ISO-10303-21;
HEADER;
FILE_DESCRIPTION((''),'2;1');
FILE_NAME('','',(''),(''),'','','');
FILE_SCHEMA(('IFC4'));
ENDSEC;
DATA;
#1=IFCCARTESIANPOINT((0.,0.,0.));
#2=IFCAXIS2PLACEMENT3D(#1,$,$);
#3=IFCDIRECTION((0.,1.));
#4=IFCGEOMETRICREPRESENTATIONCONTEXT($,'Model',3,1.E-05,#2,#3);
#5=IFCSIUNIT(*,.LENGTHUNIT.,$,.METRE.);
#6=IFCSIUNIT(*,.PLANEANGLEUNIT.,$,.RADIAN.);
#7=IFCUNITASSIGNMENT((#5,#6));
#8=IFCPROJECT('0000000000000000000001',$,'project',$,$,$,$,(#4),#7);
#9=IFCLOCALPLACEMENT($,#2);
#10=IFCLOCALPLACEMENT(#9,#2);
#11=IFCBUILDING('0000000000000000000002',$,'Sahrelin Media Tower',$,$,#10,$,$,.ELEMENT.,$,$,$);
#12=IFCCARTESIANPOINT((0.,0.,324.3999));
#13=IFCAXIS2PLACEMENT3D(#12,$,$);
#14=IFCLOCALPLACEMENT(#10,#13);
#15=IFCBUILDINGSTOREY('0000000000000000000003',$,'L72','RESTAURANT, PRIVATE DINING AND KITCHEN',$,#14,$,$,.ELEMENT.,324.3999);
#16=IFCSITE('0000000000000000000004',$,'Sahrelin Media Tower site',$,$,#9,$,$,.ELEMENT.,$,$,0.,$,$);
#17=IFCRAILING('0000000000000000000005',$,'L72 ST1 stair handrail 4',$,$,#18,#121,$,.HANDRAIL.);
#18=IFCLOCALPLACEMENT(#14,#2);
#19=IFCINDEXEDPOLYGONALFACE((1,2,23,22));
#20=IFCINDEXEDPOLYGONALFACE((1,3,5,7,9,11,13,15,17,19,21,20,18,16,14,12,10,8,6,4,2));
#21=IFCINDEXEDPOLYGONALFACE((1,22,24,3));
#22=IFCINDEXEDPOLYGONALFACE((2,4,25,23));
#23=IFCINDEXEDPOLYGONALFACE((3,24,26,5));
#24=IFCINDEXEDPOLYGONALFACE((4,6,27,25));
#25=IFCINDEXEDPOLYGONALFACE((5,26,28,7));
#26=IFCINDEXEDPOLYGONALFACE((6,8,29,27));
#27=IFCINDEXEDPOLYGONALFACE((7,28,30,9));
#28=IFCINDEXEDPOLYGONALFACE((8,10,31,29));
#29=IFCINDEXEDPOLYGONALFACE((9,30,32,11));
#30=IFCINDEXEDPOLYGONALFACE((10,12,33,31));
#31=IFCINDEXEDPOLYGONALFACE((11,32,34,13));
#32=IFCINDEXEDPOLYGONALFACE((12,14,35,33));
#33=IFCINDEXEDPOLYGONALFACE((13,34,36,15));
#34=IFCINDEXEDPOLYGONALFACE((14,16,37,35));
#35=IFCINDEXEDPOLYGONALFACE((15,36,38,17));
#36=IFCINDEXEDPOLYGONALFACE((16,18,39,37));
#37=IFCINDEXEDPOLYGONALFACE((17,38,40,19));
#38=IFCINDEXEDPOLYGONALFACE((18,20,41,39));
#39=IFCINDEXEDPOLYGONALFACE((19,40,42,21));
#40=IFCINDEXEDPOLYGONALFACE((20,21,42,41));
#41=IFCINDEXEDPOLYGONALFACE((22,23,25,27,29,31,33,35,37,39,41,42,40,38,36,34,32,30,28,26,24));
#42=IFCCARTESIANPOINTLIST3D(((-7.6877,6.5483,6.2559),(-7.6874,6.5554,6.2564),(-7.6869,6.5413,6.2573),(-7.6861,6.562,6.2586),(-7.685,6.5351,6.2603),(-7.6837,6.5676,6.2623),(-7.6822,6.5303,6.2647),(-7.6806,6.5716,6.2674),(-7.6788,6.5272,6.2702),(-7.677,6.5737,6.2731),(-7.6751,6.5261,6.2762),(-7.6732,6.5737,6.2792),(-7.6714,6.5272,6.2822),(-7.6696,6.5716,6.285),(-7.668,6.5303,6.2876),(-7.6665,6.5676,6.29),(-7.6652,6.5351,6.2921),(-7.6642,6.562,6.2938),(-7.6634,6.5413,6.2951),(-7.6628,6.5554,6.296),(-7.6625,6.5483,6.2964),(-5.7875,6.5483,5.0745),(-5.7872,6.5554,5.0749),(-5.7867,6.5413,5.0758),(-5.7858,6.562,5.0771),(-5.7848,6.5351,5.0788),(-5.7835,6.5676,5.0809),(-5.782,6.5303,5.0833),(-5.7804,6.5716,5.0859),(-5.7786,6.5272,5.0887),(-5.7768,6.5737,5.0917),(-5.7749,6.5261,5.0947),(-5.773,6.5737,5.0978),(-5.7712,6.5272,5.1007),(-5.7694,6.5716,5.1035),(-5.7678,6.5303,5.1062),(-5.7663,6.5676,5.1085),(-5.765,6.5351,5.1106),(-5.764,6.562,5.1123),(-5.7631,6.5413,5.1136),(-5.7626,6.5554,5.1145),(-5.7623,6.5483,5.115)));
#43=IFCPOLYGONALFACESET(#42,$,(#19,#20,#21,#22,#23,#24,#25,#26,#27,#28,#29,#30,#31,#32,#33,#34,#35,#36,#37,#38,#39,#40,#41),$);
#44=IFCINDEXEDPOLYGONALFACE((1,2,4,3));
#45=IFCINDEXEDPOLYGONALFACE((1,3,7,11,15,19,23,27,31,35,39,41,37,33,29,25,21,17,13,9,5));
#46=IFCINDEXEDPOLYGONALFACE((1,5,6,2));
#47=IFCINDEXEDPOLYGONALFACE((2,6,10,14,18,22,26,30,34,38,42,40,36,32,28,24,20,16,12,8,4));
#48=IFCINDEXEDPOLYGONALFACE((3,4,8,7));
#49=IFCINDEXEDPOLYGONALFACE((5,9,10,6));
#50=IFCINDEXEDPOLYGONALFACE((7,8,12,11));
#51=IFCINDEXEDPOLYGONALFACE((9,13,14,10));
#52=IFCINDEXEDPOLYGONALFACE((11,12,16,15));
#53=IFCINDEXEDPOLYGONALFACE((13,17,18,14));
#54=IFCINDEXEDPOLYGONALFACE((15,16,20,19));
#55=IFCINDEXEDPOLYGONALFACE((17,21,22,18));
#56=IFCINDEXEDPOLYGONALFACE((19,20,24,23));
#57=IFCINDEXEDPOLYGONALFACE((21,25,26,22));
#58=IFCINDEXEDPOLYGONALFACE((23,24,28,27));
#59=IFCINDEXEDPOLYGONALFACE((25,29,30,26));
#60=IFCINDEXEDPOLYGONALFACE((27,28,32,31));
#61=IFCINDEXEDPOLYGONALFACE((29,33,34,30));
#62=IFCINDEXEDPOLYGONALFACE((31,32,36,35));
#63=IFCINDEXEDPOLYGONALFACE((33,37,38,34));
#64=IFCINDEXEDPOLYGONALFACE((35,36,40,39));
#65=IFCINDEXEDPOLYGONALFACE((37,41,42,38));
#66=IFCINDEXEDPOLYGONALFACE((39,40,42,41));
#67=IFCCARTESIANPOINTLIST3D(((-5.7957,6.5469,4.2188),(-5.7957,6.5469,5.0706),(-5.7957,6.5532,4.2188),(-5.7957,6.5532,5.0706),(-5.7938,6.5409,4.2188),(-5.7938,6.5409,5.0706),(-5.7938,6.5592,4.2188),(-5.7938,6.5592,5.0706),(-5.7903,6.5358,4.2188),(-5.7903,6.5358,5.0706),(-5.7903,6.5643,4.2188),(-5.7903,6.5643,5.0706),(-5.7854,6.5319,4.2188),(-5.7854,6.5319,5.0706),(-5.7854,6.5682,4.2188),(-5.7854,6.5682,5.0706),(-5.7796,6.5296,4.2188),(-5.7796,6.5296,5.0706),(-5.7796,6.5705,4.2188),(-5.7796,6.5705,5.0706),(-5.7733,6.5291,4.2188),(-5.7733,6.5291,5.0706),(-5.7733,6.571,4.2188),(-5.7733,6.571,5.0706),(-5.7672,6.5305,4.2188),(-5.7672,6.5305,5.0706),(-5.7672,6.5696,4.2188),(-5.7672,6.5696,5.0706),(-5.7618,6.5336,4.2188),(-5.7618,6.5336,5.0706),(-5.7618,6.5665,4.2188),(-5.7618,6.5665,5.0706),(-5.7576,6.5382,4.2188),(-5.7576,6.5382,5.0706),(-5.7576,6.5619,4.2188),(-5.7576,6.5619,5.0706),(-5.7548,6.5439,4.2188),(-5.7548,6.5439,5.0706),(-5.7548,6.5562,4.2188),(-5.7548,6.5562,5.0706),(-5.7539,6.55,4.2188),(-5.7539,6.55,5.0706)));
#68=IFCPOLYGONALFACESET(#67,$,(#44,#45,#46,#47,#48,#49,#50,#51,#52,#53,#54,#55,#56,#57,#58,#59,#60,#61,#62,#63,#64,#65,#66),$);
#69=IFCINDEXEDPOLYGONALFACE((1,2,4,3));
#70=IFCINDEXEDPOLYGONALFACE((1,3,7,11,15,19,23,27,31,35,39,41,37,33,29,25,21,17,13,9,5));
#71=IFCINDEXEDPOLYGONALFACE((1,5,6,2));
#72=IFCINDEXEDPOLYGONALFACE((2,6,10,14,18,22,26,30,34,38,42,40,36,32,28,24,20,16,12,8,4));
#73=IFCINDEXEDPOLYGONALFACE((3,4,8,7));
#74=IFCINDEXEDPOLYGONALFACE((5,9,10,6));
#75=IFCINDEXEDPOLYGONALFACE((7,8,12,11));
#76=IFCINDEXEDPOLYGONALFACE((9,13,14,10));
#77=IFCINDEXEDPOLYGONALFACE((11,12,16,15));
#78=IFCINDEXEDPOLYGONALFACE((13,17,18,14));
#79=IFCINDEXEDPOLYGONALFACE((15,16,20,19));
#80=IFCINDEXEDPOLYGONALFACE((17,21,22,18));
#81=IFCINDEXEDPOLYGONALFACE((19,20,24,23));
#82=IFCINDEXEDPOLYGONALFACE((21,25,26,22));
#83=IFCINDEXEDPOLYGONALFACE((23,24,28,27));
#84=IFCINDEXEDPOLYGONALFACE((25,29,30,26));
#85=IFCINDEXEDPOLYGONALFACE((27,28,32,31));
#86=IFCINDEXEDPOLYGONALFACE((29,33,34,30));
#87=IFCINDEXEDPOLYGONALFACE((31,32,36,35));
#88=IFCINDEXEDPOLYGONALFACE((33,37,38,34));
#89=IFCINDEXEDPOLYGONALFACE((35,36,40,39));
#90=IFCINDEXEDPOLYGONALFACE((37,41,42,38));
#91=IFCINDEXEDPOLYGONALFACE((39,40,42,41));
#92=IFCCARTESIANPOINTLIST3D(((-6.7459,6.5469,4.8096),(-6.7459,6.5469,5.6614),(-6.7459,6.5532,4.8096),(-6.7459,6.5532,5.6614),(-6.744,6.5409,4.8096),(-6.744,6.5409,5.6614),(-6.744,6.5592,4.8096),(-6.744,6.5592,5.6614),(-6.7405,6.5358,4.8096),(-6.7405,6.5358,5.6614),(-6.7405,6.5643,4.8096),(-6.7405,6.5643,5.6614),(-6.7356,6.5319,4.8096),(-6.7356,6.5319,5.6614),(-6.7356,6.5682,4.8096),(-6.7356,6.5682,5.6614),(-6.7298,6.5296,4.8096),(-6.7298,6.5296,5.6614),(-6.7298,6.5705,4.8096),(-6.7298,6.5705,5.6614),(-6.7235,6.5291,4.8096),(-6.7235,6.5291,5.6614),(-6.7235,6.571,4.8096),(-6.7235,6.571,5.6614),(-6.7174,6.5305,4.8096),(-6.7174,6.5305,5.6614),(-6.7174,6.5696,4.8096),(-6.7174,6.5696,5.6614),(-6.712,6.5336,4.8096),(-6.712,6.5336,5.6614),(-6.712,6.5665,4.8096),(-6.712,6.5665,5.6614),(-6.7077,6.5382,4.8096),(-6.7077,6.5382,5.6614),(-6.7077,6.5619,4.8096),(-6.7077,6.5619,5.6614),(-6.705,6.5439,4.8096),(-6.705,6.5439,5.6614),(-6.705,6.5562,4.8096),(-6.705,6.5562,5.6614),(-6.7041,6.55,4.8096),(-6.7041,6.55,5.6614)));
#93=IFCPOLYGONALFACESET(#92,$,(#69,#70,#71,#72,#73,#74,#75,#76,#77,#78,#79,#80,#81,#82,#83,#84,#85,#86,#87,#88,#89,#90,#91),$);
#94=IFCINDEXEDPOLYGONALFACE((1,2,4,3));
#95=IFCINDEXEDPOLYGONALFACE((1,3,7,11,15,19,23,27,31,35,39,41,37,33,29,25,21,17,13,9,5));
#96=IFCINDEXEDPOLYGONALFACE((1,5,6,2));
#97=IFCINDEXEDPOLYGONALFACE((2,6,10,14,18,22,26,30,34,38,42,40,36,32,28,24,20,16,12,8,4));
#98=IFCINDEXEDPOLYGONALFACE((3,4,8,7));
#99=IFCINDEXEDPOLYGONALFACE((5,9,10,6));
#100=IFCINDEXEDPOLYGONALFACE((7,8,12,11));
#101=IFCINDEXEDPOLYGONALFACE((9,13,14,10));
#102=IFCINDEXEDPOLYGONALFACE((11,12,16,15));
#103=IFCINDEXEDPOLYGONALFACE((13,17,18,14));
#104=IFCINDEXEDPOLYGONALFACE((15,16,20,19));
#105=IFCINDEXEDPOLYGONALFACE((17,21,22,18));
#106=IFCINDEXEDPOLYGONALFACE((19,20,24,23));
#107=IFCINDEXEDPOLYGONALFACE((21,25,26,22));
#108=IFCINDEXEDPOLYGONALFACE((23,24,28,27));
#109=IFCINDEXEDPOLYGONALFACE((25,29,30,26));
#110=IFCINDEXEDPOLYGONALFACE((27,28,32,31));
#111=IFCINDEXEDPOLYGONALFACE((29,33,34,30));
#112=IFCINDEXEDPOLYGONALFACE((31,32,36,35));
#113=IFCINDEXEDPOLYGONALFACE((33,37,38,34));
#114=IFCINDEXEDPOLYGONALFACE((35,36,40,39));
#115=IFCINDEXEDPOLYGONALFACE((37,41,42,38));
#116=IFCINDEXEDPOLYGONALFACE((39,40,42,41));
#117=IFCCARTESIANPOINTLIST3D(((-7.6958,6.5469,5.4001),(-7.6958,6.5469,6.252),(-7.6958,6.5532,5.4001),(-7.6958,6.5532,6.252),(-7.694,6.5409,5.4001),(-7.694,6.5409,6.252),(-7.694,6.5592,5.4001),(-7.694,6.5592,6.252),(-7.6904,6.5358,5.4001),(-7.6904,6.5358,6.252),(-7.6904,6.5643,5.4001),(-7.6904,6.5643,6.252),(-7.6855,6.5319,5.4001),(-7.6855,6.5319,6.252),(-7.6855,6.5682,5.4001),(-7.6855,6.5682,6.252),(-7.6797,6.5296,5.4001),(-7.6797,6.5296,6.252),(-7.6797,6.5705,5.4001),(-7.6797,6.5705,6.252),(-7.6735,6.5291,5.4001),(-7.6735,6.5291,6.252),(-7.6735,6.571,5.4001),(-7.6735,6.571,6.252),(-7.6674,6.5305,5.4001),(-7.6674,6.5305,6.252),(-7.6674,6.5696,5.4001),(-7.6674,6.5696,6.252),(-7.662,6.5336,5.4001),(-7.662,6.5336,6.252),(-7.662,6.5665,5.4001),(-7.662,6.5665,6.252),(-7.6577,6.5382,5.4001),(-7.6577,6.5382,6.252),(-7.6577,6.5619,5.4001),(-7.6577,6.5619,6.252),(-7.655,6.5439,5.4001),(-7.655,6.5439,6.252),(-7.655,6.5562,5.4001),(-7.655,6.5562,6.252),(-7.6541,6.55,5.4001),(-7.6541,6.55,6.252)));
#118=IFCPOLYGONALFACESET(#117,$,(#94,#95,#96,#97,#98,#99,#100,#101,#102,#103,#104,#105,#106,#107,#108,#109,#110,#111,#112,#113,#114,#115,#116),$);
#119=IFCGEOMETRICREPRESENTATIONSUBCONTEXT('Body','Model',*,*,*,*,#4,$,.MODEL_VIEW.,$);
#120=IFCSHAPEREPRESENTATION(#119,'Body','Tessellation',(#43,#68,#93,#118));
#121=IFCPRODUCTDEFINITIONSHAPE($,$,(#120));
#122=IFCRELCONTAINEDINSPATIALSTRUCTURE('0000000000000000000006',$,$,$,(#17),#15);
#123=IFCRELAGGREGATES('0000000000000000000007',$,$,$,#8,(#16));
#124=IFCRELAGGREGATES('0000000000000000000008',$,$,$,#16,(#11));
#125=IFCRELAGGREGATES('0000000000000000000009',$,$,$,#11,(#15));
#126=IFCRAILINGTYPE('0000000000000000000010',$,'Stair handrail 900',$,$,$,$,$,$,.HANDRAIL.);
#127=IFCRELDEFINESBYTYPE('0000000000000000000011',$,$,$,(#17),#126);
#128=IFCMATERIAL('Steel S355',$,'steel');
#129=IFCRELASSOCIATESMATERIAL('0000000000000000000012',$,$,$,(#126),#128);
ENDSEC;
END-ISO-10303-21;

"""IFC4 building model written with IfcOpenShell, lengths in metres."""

from ifc_helpers import new_model, si_unit, direction, frame, origin, origin_2d, place, context, subcontext, project, spatial, circle, extrude, material, type_object, element, save


model = new_model("IFC4")

# Units and contexts
model_context = context("Model", 3, precision=1e-05, world=origin(), true_north=direction((0.0, 1.0)))
body_context = subcontext(model_context, "Body", "Model", "MODEL_VIEW")
ifc_project = project(units=[si_unit("LENGTHUNIT", "METRE"), si_unit("PLANEANGLEUNIT", "RADIAN")], contexts=[model_context])

# Site, building, storey
site_placement = place(None, origin())
site = spatial("IfcSite", under=ifc_project, at=site_placement, Name="Sahrelin Media Tower site", CompositionType="ELEMENT", RefElevation=0.0)
building_placement = place(site_placement, origin())
building = spatial("IfcBuilding", under=site, at=building_placement, Name="Sahrelin Media Tower", CompositionType="ELEMENT")
storey_placement = place(building_placement, frame((0.0, 0.0, 324.3999)))
storey = spatial("IfcBuildingStorey", under=building, at=storey_placement, Name="L72", Description="RESTAURANT, PRIVATE DINING AND KITCHEN", CompositionType="ELEMENT", Elevation=324.3999)

# Shared definitions
ifc_material_1 = material(Name="Steel S355", Category="steel")

# Railing
railing_type_1 = type_object("IfcRailingType", Name="Stair handrail 900", PredefinedType="HANDRAIL", material=ifc_material_1)
railing_1_placement = place(storey_placement, frame((-5.7749, 6.55, 4.2188)))
element("IfcRailing", 1, at=railing_1_placement, inside=storey, type_object=railing_type_1, Name="L72 ST1 stair handrail 4", PredefinedType="HANDRAIL", context=body_context, shape_type="SweptSolid", body=[
    extrude(circle(Radius=0.0239, at=origin_2d()), frame((0.0, 0.0, 0.876), z_axis=(-0.84924, 0.0, 0.528006), x_axis=(0.0, -1.0, 0.0)), (0.0, 0.0, 1.0), 2.2375),
    extrude(circle(Radius=0.021, at=origin_2d()), origin(), (0.0, 0.0, 1.0), 0.8518),
    extrude(circle(Radius=0.021, at=origin_2d()), frame((-0.9502, 0.0, 0.5908)), (0.0, 0.0, 1.0), 0.8518),
    extrude(circle(Radius=0.021, at=origin_2d()), frame((-1.9001, 0.0, 1.1814)), (0.0, 0.0, 1.0), 0.8518),
])

save(model, "model.ifc")
